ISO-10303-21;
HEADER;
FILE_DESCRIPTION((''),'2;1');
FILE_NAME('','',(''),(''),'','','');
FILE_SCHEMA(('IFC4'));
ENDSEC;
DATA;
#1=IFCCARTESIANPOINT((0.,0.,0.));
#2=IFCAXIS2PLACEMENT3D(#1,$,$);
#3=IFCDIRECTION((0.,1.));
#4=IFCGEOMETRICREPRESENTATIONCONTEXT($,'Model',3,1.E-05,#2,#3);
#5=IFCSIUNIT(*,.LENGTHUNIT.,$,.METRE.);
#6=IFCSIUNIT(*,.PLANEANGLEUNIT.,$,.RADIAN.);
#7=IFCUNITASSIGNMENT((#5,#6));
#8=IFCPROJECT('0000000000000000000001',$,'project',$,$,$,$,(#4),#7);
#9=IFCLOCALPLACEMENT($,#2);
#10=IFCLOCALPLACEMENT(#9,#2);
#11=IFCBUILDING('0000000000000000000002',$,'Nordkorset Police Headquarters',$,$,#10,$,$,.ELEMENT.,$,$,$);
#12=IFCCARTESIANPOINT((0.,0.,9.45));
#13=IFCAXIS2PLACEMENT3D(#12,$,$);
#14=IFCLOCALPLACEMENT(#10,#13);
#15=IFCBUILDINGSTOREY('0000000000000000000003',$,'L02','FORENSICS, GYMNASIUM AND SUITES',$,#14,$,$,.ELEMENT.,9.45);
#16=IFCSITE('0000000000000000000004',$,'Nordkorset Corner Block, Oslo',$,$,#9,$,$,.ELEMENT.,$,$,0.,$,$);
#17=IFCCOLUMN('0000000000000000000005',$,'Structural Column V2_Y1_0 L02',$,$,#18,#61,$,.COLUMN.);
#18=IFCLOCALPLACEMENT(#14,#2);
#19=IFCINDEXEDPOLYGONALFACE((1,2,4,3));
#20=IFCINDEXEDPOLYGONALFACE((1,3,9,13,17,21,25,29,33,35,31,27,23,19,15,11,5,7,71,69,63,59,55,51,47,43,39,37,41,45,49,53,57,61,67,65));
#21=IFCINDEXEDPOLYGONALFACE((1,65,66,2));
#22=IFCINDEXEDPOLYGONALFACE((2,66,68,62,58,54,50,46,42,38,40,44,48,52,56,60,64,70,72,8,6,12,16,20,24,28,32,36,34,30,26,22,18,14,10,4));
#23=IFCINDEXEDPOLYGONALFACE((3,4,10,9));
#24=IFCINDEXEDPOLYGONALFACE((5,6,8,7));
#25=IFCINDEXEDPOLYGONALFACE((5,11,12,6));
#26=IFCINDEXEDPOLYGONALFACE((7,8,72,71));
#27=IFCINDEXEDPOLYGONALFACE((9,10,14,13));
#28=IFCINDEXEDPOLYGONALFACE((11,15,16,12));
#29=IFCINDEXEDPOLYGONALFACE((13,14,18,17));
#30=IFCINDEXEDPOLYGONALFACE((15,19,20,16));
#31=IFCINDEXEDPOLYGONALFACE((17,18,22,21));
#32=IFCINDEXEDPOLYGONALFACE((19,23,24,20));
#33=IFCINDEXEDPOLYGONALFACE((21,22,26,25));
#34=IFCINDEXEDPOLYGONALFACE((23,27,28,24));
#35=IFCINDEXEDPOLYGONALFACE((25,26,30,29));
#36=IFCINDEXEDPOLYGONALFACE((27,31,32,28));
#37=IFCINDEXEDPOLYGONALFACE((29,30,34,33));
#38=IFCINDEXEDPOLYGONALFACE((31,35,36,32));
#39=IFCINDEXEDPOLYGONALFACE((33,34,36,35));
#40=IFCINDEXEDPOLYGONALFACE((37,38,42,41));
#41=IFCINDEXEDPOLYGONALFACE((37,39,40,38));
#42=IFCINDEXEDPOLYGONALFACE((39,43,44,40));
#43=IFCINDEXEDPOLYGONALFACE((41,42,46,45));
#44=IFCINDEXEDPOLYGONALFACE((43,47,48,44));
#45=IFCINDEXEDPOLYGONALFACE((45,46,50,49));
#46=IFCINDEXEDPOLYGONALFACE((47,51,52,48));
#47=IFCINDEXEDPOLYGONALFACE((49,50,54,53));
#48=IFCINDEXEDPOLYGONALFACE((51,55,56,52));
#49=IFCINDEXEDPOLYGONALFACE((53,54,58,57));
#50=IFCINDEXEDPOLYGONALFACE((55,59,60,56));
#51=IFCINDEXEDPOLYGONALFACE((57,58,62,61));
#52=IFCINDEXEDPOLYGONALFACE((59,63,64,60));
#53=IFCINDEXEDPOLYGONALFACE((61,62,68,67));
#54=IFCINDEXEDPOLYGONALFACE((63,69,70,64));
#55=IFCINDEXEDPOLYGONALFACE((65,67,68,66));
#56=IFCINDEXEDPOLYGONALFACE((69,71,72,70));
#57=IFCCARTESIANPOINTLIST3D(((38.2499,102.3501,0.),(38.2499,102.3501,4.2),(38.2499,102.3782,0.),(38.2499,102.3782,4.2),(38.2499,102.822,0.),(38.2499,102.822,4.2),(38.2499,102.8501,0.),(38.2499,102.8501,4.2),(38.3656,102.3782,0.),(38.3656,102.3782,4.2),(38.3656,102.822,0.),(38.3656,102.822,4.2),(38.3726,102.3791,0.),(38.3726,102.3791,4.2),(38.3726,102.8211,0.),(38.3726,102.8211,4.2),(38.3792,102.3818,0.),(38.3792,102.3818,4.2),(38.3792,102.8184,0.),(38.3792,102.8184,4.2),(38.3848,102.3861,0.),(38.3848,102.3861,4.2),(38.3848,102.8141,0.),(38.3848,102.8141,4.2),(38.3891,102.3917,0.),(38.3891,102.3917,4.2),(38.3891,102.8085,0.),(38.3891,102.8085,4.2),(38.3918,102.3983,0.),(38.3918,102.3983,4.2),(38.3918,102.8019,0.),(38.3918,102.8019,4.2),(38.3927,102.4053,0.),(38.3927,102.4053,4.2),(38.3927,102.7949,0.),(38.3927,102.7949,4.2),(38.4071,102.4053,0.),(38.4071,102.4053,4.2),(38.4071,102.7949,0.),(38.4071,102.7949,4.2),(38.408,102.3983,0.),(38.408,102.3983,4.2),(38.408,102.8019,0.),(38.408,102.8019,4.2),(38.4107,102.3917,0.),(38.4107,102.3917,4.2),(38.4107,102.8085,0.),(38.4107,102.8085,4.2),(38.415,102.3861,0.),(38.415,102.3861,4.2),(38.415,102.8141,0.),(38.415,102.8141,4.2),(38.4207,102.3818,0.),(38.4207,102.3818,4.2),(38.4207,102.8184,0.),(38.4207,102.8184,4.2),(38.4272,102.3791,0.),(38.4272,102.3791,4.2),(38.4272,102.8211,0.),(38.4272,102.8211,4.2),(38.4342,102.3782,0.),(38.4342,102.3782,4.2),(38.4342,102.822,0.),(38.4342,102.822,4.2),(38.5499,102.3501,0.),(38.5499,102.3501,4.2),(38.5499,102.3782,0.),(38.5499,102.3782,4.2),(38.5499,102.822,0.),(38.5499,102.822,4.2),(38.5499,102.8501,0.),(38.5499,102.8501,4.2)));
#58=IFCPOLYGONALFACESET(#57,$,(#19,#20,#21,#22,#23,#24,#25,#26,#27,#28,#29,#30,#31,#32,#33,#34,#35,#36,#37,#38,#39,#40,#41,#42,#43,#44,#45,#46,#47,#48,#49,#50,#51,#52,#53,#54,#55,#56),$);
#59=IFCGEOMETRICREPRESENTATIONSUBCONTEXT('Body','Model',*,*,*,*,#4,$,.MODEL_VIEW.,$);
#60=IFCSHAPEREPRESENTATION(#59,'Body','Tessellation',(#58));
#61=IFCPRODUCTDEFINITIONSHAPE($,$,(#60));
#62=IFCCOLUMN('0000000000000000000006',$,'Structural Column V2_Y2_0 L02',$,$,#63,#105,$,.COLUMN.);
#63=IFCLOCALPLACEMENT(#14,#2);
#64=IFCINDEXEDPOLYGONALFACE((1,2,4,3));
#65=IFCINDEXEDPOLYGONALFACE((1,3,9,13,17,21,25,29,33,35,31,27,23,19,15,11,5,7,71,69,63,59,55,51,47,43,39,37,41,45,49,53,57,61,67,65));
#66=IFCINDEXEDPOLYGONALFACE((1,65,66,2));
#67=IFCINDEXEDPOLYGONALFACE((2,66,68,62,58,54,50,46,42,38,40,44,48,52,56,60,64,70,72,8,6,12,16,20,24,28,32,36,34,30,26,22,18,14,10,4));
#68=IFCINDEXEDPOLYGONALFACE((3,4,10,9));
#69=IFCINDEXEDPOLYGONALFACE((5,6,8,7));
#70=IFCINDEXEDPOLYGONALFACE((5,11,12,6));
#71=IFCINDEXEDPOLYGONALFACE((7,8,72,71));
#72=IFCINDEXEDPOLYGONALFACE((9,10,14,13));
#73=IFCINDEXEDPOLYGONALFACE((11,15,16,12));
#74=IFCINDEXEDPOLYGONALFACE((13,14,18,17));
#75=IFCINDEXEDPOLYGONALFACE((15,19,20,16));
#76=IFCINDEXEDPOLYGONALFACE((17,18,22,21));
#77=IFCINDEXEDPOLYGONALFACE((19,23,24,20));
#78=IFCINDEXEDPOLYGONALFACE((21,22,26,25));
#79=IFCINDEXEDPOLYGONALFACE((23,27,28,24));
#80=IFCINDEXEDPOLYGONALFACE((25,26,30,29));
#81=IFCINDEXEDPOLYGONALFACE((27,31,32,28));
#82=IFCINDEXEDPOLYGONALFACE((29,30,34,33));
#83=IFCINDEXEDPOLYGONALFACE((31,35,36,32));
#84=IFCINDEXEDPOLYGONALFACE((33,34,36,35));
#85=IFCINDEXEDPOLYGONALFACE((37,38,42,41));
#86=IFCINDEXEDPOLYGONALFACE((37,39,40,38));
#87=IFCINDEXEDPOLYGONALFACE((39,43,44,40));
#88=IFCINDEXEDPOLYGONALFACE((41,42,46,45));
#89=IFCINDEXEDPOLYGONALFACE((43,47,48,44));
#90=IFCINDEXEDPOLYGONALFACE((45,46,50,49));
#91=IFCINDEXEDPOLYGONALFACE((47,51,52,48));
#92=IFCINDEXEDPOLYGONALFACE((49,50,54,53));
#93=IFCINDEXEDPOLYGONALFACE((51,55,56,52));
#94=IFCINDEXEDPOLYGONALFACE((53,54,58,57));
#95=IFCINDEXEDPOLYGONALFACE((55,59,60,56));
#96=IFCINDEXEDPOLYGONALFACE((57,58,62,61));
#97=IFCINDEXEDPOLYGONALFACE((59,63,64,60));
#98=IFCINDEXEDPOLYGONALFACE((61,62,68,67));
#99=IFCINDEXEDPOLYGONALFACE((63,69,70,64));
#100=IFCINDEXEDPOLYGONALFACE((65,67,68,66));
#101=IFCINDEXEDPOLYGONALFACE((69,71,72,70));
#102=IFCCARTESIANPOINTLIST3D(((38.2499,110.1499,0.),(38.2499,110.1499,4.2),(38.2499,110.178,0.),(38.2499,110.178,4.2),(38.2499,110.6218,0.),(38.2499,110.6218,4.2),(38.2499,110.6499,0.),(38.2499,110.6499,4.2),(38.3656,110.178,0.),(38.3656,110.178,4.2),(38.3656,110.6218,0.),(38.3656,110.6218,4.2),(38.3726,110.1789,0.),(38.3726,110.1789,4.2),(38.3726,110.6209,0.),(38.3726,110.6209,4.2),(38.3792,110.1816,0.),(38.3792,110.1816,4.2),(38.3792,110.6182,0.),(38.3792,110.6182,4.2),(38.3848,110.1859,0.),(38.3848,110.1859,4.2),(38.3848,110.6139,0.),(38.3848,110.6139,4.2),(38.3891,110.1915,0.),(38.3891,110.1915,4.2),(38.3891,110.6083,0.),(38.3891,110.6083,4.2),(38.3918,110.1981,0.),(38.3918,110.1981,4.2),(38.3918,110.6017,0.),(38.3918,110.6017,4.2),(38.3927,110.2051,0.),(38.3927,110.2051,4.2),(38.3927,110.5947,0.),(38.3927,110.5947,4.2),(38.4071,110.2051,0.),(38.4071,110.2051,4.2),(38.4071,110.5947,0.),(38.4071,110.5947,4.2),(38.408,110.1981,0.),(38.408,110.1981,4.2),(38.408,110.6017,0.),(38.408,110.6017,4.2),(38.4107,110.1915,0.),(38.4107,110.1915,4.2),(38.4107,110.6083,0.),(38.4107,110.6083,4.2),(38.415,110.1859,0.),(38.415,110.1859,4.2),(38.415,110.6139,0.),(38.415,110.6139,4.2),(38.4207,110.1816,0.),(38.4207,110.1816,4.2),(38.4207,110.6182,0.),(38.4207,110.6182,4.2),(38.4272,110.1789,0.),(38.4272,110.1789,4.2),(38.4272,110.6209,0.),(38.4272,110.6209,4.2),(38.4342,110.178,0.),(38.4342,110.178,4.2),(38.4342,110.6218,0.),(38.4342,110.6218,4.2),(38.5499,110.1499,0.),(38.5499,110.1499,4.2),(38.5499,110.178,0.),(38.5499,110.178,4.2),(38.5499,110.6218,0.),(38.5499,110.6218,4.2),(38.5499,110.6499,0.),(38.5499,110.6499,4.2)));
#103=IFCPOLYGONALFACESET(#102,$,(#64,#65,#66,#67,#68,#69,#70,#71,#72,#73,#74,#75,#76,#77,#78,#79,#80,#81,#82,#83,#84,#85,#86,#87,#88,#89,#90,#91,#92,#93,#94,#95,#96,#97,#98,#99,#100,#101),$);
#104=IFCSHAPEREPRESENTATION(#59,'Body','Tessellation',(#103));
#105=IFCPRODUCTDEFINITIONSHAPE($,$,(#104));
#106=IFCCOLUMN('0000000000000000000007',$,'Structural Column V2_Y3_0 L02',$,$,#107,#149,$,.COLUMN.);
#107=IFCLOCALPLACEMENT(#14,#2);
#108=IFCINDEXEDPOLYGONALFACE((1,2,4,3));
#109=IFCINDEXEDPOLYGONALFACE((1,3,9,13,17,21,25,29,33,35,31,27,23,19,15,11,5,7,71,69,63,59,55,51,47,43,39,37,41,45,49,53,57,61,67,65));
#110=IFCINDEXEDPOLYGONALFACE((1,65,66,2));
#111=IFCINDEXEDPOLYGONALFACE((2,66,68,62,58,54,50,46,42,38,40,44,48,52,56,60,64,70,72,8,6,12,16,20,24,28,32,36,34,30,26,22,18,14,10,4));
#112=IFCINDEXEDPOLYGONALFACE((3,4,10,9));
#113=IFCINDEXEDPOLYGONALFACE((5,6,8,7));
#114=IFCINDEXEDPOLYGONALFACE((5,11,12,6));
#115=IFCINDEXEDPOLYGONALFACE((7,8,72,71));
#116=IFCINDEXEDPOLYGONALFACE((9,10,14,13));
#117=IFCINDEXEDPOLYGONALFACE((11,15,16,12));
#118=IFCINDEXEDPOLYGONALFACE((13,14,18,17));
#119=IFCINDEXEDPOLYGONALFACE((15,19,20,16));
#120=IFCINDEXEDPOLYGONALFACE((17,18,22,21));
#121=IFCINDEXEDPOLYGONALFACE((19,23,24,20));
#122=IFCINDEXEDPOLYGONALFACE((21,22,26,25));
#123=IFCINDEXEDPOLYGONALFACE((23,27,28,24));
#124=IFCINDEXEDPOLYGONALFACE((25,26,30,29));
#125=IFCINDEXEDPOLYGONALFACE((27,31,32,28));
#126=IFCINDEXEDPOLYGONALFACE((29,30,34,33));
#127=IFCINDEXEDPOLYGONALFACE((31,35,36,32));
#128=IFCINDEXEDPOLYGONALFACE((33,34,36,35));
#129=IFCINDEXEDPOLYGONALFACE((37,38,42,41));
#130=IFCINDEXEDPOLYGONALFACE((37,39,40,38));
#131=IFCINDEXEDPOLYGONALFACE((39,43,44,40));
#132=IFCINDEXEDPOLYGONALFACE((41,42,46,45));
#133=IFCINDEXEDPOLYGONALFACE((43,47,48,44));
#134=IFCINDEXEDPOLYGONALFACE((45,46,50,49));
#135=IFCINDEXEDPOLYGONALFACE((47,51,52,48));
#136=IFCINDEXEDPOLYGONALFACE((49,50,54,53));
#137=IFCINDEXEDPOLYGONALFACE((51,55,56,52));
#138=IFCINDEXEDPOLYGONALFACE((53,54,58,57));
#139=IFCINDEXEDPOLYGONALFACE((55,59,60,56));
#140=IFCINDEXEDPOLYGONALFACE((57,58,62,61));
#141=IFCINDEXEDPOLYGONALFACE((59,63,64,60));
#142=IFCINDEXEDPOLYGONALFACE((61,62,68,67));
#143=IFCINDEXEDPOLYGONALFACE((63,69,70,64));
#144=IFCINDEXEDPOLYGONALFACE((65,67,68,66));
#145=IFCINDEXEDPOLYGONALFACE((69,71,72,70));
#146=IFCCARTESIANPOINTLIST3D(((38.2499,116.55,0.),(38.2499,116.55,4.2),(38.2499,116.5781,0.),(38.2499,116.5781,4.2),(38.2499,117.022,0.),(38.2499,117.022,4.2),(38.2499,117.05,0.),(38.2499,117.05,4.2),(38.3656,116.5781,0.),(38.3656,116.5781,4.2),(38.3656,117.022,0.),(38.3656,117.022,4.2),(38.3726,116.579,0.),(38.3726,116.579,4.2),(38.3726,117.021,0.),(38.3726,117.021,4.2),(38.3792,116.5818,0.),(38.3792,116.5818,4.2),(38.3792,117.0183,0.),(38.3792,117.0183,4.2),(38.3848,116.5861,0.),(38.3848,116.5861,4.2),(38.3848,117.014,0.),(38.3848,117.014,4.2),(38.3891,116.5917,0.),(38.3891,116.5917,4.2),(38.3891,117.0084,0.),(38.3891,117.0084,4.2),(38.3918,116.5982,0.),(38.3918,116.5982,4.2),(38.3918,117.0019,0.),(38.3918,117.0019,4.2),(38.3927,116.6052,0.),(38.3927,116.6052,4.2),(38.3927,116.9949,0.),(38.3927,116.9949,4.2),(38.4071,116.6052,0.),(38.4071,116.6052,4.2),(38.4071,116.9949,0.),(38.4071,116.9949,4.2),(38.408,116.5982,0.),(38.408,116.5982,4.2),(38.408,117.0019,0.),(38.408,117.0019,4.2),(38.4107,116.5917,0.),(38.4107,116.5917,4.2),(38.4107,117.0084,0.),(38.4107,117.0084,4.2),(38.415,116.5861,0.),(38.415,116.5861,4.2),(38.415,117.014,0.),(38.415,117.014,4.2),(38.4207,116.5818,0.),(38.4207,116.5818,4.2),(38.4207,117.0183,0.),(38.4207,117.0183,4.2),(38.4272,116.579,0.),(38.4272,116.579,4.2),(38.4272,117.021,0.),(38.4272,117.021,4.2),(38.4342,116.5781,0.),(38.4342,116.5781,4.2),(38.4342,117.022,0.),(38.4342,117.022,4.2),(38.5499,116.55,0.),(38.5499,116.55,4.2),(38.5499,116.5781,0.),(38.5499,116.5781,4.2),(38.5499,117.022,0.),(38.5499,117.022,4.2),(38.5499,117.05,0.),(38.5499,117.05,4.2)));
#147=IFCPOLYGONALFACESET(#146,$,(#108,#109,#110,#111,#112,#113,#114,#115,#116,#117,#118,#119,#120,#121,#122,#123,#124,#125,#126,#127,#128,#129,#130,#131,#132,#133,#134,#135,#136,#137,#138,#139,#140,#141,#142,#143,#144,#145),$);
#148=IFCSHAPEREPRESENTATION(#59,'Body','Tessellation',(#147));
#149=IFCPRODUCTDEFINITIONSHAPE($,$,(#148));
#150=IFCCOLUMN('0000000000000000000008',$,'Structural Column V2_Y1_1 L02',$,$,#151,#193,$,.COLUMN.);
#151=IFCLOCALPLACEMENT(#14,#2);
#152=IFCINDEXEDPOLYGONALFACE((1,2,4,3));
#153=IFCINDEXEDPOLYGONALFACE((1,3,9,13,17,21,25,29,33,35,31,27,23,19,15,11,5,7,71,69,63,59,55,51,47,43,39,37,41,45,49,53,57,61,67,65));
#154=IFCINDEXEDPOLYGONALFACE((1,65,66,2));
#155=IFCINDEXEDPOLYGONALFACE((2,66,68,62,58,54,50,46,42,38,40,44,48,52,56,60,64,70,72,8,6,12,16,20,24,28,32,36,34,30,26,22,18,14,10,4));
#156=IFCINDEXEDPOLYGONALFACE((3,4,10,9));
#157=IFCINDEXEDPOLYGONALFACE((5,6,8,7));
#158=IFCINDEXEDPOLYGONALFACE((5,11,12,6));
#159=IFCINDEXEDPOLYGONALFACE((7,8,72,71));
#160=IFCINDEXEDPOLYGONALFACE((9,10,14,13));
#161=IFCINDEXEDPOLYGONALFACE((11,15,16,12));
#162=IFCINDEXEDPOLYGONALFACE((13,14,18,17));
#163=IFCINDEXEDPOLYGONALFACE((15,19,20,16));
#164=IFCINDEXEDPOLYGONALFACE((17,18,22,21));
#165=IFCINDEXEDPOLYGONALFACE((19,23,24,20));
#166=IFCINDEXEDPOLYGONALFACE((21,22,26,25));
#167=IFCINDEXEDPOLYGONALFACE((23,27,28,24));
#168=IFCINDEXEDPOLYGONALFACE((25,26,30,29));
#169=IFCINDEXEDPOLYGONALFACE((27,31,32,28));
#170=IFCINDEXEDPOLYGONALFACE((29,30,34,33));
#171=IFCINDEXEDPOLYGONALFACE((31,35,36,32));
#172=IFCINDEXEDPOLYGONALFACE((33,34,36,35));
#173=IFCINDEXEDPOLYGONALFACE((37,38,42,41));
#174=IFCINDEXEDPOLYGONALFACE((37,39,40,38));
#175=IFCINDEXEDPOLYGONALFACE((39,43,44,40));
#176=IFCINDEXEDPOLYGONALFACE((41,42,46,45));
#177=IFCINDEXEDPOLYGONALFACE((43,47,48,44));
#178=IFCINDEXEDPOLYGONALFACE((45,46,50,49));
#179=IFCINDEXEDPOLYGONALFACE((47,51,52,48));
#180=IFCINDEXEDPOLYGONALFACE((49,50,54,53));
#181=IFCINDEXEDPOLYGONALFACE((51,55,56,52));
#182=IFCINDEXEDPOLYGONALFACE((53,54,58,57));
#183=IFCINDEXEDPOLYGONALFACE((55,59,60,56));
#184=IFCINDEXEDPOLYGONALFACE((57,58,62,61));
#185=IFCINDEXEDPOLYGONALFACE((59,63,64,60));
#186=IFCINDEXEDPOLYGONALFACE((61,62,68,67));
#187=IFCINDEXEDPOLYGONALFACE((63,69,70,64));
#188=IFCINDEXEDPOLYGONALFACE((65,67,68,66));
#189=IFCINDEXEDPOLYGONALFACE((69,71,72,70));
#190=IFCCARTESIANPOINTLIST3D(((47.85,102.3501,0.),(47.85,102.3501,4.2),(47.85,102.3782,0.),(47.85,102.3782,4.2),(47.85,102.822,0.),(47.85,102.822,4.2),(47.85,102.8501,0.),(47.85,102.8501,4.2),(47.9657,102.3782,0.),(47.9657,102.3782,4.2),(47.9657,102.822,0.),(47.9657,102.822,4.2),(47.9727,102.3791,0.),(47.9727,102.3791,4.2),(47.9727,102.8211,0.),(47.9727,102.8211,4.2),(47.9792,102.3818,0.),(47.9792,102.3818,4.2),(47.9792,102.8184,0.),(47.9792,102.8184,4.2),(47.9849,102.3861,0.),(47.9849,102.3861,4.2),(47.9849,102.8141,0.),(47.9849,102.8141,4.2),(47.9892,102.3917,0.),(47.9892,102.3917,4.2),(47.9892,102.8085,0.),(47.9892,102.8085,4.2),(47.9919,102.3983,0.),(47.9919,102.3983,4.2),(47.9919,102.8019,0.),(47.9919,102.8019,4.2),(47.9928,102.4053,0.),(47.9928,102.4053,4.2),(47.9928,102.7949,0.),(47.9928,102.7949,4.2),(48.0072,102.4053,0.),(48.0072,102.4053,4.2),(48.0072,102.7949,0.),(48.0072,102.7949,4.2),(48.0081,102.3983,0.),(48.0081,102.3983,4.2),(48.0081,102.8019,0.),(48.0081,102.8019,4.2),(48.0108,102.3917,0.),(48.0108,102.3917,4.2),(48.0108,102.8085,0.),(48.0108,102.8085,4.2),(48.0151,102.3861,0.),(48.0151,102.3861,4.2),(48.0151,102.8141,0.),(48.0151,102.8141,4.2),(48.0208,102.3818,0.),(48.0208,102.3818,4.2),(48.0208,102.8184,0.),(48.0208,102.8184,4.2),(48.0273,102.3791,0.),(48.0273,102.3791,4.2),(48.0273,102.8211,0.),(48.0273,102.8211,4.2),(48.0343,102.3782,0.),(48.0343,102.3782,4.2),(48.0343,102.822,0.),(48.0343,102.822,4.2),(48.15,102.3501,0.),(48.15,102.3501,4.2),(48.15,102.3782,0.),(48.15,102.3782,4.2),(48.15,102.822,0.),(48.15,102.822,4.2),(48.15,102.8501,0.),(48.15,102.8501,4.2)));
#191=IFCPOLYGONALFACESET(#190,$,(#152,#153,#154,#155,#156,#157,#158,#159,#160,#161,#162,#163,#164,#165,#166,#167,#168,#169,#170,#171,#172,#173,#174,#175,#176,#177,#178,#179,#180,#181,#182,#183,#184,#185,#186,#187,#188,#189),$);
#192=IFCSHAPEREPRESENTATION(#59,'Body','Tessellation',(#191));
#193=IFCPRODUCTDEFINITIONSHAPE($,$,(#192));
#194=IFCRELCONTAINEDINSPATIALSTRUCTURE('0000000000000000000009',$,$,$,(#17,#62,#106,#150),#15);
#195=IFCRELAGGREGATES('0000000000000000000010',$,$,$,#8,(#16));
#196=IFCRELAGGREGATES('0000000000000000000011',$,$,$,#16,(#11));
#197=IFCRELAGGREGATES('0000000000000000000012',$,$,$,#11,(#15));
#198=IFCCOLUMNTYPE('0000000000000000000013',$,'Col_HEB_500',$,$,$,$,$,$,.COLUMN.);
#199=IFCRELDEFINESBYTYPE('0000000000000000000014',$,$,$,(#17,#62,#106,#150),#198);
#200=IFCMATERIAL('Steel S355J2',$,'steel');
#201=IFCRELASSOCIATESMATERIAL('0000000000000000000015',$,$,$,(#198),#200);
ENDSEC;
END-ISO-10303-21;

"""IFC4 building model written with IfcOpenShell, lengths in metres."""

from ifc_helpers import new_model, si_unit, direction, frame, origin, origin_2d, place, context, subcontext, project, spatial, i_section, extrude, material, material_profile, profile_set, type_object, element, save


model = new_model("IFC4")

# Units and contexts
model_context = context("Model", 3, precision=1e-05, world=origin(), true_north=direction((0.0, 1.0)))
body_context = subcontext(model_context, "Body", "Model", "MODEL_VIEW")
ifc_project = project(units=[si_unit("LENGTHUNIT", "METRE"), si_unit("PLANEANGLEUNIT", "RADIAN")], contexts=[model_context])

# Site, building, storey
site_placement = place(None, origin())
site = spatial("IfcSite", under=ifc_project, at=site_placement, Name="Nordkorset Corner Block, Oslo", CompositionType="ELEMENT", RefElevation=0.0)
building_placement = place(site_placement, origin())
building = spatial("IfcBuilding", under=site, at=building_placement, Name="Nordkorset Police Headquarters", CompositionType="ELEMENT")
storey_placement = place(building_placement, frame((0.0, 0.0, 9.45)))
storey = spatial("IfcBuildingStorey", under=building, at=storey_placement, Name="L02", Description="FORENSICS, GYMNASIUM AND SUITES", CompositionType="ELEMENT", Elevation=9.45)

# Columns
ifc_material_1 = material(Name="Steel S355J2", Category="steel")
ifc_material_profile_1 = material_profile(ifc_material_1, i_section(OverallWidth=0.3, OverallDepth=0.5, WebThickness=0.0144, FlangeThickness=0.0281, FilletRadius=0.0271, at=origin_2d()), Name="HEB 500")
ifc_profile_set_1 = profile_set([ifc_material_profile_1], Name="Steel S355J2")
column_type = type_object("IfcColumnType", Name="Col_HEB_500", PredefinedType="COLUMN", material=ifc_profile_set_1)
for number, where, z_axis, x_axis, name in (
    (1, (38.3999, 102.6001, 0.0), (0.0, 0.0, 1.0), (1.0, 0.0, 0.0), "Structural Column V2_Y1_0 L02"),
    (2, (38.3999, 110.3999, 0.0), (0.0, 0.0, 1.0), (1.0, 0.0, 0.0), "Structural Column V2_Y2_0 L02"),
    (3, (38.3999, 116.8, 0.0), (0.0, 0.0, 1.0), (1.0, 0.0, 0.0), "Structural Column V2_Y3_0 L02"),
    (4, (48.0, 102.6001, 0.0), (0.0, 0.0, 1.0), (1.0, 0.0, 0.0), "Structural Column V2_Y1_1 L02"),
):
    element("IfcColumn", number, at=place(storey_placement, frame(where, z_axis=z_axis, x_axis=x_axis)), inside=storey, type_object=column_type, Name=name, PredefinedType="COLUMN", context=body_context, shape_type="SweptSolid", body=[
        extrude(i_section(OverallWidth=0.3, OverallDepth=0.5, WebThickness=0.0144, FlangeThickness=0.0281, FilletRadius=0.0271, at=origin_2d()), origin(), (0.0, 0.0, 1.0), 4.2),
    ])

save(model, "model.ifc")
